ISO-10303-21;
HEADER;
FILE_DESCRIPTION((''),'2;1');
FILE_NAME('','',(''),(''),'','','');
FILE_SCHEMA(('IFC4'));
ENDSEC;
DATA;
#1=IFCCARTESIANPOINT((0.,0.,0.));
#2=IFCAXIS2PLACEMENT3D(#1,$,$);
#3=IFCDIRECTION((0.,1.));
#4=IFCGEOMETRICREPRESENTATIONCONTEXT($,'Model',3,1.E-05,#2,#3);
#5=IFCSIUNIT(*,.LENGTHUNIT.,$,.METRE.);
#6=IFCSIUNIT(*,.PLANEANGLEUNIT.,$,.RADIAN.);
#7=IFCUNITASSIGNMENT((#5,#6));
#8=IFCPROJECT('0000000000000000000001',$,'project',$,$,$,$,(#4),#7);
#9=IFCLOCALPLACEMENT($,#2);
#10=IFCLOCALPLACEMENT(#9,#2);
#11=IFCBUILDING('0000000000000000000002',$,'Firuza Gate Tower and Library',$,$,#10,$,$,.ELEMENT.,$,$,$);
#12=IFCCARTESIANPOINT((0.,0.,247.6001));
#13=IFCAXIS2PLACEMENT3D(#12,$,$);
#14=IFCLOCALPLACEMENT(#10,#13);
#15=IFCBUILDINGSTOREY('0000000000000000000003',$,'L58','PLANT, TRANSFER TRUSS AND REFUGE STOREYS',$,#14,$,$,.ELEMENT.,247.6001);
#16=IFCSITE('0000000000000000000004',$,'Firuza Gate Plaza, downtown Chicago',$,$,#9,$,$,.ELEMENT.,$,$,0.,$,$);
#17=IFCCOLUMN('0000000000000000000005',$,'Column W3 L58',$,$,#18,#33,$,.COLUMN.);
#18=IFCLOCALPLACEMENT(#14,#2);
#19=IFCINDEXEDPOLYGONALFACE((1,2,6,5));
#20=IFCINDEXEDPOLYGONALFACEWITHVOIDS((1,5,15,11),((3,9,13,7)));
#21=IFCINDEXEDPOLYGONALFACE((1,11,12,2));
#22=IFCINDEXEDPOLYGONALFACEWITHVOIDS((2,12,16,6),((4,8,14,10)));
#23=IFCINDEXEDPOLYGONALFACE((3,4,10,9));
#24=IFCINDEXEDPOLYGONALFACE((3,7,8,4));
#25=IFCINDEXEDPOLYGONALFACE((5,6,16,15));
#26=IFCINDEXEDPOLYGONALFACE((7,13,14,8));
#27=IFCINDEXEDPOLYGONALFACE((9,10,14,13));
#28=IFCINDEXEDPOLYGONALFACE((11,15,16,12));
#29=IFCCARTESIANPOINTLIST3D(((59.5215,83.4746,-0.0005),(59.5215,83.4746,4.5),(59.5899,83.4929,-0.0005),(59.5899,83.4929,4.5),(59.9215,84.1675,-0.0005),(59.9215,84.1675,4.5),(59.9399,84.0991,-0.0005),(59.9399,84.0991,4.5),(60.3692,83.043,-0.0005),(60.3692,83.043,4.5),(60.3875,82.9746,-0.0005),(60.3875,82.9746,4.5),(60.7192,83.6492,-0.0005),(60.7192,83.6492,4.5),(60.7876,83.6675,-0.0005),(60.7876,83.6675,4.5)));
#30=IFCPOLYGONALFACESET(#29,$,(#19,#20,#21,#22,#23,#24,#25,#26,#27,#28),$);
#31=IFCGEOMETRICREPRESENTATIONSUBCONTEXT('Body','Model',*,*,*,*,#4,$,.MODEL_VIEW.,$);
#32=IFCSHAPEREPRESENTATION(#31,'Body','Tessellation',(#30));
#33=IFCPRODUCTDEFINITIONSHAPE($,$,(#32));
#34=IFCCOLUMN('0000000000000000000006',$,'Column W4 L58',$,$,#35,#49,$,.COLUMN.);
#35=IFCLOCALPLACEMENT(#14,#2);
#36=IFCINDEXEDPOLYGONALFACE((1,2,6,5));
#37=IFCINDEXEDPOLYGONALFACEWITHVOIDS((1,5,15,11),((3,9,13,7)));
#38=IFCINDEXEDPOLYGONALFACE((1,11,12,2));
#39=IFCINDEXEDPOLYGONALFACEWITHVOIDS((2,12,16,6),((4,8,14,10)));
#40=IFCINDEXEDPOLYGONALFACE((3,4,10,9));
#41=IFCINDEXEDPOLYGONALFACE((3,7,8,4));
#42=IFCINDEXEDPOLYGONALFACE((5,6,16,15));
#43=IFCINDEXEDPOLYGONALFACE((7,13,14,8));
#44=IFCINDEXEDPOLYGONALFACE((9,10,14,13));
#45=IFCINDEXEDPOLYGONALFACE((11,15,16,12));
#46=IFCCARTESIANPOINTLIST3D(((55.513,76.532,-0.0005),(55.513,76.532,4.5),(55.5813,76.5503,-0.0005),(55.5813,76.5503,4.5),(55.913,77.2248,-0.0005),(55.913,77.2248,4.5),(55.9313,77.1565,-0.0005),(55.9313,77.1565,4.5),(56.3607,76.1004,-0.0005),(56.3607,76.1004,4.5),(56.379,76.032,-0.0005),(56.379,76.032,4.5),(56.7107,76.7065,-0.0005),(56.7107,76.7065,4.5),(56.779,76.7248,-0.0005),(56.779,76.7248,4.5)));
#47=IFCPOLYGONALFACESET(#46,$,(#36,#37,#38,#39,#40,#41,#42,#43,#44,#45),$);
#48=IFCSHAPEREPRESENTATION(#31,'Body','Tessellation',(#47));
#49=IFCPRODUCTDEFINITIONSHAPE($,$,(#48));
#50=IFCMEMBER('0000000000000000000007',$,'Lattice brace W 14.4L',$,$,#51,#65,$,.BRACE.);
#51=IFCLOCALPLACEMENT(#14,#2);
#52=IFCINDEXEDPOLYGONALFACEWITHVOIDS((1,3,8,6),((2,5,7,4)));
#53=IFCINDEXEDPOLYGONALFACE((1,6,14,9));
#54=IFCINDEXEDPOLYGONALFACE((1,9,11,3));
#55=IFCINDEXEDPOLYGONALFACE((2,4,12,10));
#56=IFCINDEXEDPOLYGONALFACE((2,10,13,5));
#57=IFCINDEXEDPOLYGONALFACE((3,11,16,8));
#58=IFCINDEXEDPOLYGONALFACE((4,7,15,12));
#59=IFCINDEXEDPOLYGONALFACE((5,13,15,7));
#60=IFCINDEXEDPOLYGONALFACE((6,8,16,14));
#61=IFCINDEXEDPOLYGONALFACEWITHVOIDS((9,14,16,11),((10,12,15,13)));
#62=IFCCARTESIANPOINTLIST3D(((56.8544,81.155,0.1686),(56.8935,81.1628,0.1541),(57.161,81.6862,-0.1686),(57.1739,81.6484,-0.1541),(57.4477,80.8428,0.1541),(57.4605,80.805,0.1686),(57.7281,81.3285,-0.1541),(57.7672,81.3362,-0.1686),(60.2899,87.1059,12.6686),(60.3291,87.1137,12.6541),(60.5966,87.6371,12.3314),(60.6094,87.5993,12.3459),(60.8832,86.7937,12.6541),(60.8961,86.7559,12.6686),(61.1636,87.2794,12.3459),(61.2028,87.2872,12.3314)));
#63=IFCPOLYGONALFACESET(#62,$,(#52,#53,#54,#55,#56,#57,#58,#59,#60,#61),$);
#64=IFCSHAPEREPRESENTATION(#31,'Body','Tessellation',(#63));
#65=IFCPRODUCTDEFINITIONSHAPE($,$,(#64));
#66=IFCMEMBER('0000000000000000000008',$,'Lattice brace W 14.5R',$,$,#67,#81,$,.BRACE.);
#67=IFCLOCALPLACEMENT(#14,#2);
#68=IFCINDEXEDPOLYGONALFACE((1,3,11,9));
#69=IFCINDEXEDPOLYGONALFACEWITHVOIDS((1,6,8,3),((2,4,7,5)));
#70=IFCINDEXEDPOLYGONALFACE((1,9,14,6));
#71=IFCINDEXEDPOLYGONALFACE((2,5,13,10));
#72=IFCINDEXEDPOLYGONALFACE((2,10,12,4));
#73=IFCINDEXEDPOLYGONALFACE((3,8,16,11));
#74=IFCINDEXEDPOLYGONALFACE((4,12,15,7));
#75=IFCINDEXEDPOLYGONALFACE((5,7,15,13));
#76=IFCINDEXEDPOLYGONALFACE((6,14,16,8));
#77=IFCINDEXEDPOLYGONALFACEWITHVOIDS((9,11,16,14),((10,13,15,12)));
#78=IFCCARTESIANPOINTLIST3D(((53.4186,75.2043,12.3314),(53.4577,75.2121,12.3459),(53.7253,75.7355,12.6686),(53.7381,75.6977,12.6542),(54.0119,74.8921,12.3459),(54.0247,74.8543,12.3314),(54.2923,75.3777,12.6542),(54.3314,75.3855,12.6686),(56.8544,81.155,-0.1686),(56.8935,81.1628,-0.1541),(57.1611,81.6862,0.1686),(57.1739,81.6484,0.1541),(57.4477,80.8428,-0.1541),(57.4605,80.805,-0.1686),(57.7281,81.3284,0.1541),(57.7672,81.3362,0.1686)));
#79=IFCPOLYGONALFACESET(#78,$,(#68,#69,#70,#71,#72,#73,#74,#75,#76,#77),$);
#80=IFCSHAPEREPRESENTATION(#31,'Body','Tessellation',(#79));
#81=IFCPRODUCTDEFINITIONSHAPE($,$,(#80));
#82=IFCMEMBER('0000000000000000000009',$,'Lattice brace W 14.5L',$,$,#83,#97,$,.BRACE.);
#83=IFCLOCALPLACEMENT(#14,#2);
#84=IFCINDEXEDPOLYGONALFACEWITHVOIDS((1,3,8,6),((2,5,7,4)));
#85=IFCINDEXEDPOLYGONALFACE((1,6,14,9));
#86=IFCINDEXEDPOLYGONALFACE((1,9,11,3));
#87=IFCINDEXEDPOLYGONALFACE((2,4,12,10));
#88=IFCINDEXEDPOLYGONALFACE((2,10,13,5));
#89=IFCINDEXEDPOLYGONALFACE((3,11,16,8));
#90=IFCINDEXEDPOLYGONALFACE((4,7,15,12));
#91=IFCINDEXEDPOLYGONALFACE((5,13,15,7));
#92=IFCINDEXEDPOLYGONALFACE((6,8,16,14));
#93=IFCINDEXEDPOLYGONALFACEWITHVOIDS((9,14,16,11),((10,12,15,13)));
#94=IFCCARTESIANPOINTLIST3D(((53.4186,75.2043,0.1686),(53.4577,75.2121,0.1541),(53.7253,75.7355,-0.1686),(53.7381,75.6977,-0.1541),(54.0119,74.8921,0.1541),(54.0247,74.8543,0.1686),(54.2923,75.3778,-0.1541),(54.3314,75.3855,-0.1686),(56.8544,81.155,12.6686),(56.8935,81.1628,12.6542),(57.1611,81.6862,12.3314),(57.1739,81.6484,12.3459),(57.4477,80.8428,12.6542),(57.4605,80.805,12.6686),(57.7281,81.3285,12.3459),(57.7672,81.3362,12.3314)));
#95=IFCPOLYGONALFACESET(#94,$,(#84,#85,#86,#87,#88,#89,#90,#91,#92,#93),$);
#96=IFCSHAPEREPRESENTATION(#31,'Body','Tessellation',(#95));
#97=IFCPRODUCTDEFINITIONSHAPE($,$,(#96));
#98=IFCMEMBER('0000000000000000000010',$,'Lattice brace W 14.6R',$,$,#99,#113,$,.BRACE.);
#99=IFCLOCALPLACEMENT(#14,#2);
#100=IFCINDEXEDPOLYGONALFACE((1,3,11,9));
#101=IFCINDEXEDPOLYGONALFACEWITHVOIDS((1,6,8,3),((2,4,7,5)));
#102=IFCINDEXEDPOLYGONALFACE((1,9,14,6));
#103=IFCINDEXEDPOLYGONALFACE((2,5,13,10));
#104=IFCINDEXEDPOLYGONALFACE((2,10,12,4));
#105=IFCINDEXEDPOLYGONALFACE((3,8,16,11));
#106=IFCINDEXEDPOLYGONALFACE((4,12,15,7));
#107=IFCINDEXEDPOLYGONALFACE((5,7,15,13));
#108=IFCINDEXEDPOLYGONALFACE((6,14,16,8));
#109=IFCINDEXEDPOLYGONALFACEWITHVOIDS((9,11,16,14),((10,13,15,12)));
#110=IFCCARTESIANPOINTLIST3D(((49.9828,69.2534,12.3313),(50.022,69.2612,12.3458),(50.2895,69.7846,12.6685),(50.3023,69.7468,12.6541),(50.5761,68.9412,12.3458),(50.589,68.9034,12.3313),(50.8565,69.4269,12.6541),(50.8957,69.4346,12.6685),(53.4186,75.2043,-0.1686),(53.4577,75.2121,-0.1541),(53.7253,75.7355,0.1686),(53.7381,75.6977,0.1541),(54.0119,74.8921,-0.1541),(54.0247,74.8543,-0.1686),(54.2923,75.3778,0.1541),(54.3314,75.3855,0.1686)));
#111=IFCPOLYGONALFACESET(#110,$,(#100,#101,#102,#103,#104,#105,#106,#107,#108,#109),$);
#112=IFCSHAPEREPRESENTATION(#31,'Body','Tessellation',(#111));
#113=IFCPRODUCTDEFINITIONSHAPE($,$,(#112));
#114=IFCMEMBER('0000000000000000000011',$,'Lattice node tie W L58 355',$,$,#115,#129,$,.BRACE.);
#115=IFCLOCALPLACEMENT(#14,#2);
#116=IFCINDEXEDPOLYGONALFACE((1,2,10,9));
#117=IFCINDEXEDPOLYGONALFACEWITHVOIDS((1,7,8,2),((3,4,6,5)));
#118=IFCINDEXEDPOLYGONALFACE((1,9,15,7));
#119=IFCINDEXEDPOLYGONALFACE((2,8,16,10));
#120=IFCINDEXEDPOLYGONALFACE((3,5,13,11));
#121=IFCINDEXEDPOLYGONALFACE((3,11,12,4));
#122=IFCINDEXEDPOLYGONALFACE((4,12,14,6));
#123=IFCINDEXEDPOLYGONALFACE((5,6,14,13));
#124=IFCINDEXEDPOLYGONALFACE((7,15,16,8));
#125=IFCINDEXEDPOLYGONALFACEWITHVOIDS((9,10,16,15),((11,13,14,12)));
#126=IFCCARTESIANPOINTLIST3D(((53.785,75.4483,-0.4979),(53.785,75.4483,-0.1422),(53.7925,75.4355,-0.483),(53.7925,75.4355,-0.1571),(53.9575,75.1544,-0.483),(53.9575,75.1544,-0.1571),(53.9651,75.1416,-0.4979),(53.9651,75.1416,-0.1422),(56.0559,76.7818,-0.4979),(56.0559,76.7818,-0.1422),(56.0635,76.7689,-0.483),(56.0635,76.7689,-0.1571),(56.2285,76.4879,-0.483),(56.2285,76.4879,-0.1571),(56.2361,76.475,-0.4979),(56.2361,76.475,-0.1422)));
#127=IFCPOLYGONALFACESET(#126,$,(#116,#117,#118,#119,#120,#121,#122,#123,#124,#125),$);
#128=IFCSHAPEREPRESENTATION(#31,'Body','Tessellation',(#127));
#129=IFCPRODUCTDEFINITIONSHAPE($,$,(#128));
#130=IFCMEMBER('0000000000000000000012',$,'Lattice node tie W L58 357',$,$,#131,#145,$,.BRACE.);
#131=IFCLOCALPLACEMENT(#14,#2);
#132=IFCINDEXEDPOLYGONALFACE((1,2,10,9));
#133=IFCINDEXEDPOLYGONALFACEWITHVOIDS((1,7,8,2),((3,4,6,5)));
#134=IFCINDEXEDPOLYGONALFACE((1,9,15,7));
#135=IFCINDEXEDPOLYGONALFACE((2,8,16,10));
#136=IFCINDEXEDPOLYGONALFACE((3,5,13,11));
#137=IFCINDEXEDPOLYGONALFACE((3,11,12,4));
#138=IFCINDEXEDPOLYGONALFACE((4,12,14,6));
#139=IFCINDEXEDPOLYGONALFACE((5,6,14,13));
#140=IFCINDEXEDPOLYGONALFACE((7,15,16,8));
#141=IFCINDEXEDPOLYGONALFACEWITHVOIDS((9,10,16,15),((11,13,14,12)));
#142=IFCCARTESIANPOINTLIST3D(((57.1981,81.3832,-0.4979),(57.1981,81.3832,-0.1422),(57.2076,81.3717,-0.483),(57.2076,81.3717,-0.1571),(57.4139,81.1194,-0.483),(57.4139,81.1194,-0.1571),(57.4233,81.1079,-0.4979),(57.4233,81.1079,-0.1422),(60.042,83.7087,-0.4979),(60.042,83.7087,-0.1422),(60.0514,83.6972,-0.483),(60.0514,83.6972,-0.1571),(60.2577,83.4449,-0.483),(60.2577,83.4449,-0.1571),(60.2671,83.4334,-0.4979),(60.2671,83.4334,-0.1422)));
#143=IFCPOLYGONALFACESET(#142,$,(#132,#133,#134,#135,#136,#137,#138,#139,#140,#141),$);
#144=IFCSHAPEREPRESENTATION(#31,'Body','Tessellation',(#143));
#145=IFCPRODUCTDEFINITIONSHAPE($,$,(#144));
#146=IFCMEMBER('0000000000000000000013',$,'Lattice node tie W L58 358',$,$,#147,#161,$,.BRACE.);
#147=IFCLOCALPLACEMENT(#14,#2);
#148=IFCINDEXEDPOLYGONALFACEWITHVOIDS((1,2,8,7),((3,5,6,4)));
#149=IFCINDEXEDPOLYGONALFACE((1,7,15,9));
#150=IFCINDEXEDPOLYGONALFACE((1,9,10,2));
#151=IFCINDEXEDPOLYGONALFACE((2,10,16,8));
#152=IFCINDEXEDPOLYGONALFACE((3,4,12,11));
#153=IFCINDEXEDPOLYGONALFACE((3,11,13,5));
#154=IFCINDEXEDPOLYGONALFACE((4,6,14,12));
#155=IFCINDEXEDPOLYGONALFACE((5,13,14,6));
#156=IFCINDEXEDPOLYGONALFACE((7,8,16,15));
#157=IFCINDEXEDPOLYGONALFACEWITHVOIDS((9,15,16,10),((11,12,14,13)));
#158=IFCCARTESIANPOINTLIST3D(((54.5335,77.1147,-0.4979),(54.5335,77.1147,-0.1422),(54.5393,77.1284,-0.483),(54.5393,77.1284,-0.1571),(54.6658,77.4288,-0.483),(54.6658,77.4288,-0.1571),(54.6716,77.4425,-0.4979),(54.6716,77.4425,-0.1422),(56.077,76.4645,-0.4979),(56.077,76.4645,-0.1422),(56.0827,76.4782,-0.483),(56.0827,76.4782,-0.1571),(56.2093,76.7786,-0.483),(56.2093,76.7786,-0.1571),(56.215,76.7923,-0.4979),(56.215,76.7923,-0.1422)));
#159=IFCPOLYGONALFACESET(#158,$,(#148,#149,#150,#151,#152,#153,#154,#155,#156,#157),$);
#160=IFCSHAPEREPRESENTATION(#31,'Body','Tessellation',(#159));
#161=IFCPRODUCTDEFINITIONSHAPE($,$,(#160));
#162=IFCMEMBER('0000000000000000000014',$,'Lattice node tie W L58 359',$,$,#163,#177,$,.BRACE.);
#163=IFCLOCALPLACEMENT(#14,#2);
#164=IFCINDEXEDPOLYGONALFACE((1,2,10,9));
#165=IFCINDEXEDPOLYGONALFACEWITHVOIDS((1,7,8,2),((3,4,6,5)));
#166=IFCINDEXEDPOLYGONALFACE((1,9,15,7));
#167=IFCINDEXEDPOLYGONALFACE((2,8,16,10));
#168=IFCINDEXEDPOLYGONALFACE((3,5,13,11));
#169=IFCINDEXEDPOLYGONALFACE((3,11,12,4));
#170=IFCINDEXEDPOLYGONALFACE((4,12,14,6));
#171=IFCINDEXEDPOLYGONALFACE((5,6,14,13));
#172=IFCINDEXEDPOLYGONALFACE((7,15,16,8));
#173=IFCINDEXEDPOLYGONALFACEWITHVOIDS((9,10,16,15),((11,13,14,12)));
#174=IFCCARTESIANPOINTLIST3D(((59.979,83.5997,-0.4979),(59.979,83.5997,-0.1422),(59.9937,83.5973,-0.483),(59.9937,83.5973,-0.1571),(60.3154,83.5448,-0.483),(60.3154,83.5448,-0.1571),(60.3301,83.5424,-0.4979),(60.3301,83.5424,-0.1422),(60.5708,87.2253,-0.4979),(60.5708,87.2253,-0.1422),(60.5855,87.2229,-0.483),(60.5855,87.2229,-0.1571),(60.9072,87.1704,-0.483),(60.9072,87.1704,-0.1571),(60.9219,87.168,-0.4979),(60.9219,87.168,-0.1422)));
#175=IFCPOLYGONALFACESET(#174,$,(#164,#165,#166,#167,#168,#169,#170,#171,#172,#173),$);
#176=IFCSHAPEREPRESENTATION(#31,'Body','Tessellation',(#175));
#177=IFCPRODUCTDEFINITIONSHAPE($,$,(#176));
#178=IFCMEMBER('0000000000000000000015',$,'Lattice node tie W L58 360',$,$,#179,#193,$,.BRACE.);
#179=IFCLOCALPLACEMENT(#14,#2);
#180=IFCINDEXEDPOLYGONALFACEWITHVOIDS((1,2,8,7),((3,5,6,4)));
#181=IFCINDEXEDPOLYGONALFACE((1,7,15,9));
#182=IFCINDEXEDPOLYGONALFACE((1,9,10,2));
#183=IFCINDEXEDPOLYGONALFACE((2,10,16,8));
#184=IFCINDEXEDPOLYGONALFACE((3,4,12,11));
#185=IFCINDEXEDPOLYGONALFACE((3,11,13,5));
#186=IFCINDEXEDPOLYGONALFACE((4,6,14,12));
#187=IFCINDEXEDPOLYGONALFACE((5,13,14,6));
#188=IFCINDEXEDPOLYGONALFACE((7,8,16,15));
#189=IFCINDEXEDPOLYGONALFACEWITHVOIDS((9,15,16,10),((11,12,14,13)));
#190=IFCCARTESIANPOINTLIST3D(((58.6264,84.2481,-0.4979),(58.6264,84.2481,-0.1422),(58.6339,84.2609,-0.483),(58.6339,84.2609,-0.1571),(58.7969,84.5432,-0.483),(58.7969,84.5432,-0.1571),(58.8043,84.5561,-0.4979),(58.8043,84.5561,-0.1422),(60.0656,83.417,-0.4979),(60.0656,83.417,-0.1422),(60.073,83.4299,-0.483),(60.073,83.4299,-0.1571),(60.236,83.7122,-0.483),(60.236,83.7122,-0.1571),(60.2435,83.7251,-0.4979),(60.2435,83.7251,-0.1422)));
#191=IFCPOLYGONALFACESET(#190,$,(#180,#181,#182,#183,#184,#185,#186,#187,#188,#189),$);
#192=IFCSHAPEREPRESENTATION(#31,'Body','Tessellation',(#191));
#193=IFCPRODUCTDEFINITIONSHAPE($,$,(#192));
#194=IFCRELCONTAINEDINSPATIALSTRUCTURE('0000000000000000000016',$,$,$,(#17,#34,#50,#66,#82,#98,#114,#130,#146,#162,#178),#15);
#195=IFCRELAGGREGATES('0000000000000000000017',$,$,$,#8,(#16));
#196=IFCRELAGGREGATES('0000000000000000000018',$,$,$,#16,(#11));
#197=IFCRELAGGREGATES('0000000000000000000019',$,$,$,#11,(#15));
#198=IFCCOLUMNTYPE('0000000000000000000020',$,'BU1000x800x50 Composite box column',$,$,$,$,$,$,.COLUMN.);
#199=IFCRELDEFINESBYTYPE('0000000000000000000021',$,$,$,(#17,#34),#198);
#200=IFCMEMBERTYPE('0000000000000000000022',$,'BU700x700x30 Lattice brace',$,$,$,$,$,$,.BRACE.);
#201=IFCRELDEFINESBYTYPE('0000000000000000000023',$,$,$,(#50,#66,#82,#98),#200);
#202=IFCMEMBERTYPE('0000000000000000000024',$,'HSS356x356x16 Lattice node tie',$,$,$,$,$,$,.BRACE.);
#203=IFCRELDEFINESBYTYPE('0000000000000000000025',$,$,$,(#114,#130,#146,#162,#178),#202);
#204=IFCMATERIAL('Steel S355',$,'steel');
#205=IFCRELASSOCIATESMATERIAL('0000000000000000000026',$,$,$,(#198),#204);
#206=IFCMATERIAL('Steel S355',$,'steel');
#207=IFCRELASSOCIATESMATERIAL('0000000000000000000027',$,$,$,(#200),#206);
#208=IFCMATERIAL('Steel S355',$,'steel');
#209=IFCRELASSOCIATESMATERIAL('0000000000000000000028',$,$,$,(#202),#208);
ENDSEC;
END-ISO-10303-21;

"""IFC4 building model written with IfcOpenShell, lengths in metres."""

from ifc_helpers import new_model, si_unit, direction, frame, origin, origin_2d, place, context, subcontext, project, spatial, hollow_rectangle, extrude, material, material_profile, profile_set, type_object, element, save


model = new_model("IFC4")

# Units and contexts
model_context = context("Model", 3, precision=1e-05, world=origin(), true_north=direction((0.0, 1.0)))
body_context = subcontext(model_context, "Body", "Model", "MODEL_VIEW")
ifc_project = project(units=[si_unit("LENGTHUNIT", "METRE"), si_unit("PLANEANGLEUNIT", "RADIAN")], contexts=[model_context])

# Site, building, storey
site_placement = place(None, origin())
site = spatial("IfcSite", under=ifc_project, at=site_placement, Name="Firuza Gate Plaza, downtown Chicago", CompositionType="ELEMENT", RefElevation=0.0)
building_placement = place(site_placement, origin())
building = spatial("IfcBuilding", under=site, at=building_placement, Name="Firuza Gate Tower and Library", CompositionType="ELEMENT")
storey_placement = place(building_placement, frame((0.0, 0.0, 247.6001)))
storey = spatial("IfcBuildingStorey", under=building, at=storey_placement, Name="L58", Description="PLANT, TRANSFER TRUSS AND REFUGE STOREYS", CompositionType="ELEMENT", Elevation=247.6001)

# Columns
ifc_material_1 = material(Name="Steel S355", Category="steel")
ifc_material_profile_1 = material_profile(ifc_material_1, hollow_rectangle(XDim=0.8, YDim=1.0, WallThickness=0.05, at=origin_2d()))
ifc_profile_set_1 = profile_set([ifc_material_profile_1], Name="Steel S355")
column_type = type_object("IfcColumnType", Name="BU1000x800x50 Composite box column", PredefinedType="COLUMN", material=ifc_profile_set_1)
for number, where, z_axis, x_axis, name in (
    (1, (60.1545, 83.571, -0.0005), (0.0, 0.0, 1.0), (-0.5, -0.866025, 0.0), "Column W3 L58"),
    (2, (56.146, 76.6284, -0.0005), (0.0, 0.0, 1.0), (-0.5, -0.866025, 0.0), "Column W4 L58"),
):
    element("IfcColumn", number, at=place(storey_placement, frame(where, z_axis=z_axis, x_axis=x_axis)), inside=storey, type_object=column_type, Name=name, PredefinedType="COLUMN", context=body_context, shape_type="SweptSolid", body=[
        extrude(hollow_rectangle(XDim=0.8, YDim=1.0, WallThickness=0.05, at=origin_2d()), origin(), (0.0, 0.0, 1.0), 4.5005),
    ])

# Members
ifc_material_2 = material(Name="Steel S355", Category="steel")
ifc_material_profile_2 = material_profile(ifc_material_2, hollow_rectangle(XDim=0.7, YDim=0.7, WallThickness=0.03, at=origin_2d()))
ifc_profile_set_2 = profile_set([ifc_material_profile_2], Name="Steel S355")
member_type_1 = type_object("IfcMemberType", Name="BU700x700x30 Lattice brace", PredefinedType="BRACE", material=ifc_profile_set_2)
for number, where, z_axis, x_axis, name in (
    (3, (57.3108, 81.2456, 0.0), (0.240852, 0.417194, 0.876322), (-0.866039, 0.499976, 0.0), "Lattice brace W 14.4L"),
    (4, (57.3108, 81.2456, 0.0), (-0.240869, -0.417178, 0.876324), (0.866015, -0.500018, 0.0), "Lattice brace W 14.5R"),
    (5, (53.875, 75.2949, 0.0), (0.240869, 0.417178, 0.876324), (-0.866015, 0.500018, 0.0), "Lattice brace W 14.5L"),
    (6, (53.875, 75.2949, 0.0), (-0.240868, -0.417192, 0.876318), (0.866024, -0.500002, 0.0), "Lattice brace W 14.6R"),
):
    element("IfcMember", number, at=place(storey_placement, frame(where, z_axis=z_axis, x_axis=x_axis)), inside=storey, type_object=member_type_1, Name=name, PredefinedType="BRACE", context=body_context, shape_type="SweptSolid", body=[
        extrude(hollow_rectangle(XDim=0.7, YDim=0.7, WallThickness=0.03, at=origin_2d()), origin(), (0.0, 0.0, 1.0), 14.2642),
    ])
ifc_material_3 = material(Name="Steel S355", Category="steel")
ifc_material_profile_3 = material_profile(ifc_material_3, hollow_rectangle(XDim=0.3557, YDim=0.3557, WallThickness=0.0149, at=origin_2d()))
ifc_profile_set_3 = profile_set([ifc_material_profile_3], Name="Steel S355")
member_type_2 = type_object("IfcMemberType", Name="HSS356x356x16 Lattice node tie", PredefinedType="BRACE", material=ifc_profile_set_3)
member_1_placement = place(storey_placement, frame((56.146, 76.6284, -0.3201), z_axis=(-0.86233, -0.506347, 0.0), x_axis=(0.506347, -0.86233, 0.0)))
element("IfcMember", 7, at=member_1_placement, inside=storey, type_object=member_type_2, Name="Lattice node tie W L58 355", PredefinedType="BRACE", context=body_context, shape_type="SweptSolid", body=[
    extrude(hollow_rectangle(XDim=0.3557, YDim=0.3557, WallThickness=0.0149, at=origin_2d()), origin(), (0.0, 0.0, 1.0), 2.6335),
])
member_2_placement = place(storey_placement, frame((60.1545, 83.571, -0.3201), z_axis=(-0.774126, -0.633031, 0.0), x_axis=(0.633031, -0.774126, 0.0)))
element("IfcMember", 8, at=member_2_placement, inside=storey, type_object=member_type_2, Name="Lattice node tie W L58 357", PredefinedType="BRACE", context=body_context, shape_type="SweptSolid", body=[
    extrude(hollow_rectangle(XDim=0.3557, YDim=0.3557, WallThickness=0.0149, at=origin_2d()), origin(), (0.0, 0.0, 1.0), 3.6736),
])
member_3_placement = place(storey_placement, frame((56.146, 76.6284, -0.3201), z_axis=(-0.921578, 0.388194, 0.0), x_axis=(-0.388194, -0.921578, 0.0)))
element("IfcMember", 9, at=member_3_placement, inside=storey, type_object=member_type_2, Name="Lattice node tie W L58 358", PredefinedType="BRACE", context=body_context, shape_type="SweptSolid", body=[
    extrude(hollow_rectangle(XDim=0.3557, YDim=0.3557, WallThickness=0.0149, at=origin_2d()), origin(), (0.0, 0.0, 1.0), 1.6748),
])
member_4_placement = place(storey_placement, frame((60.1545, 83.571, -0.3201), z_axis=(0.1611, 0.986938, 0.0), x_axis=(-0.986938, 0.1611, 0.0)))
element("IfcMember", 10, at=member_4_placement, inside=storey, type_object=member_type_2, Name="Lattice node tie W L58 359", PredefinedType="BRACE", context=body_context, shape_type="SweptSolid", body=[
    extrude(hollow_rectangle(XDim=0.3557, YDim=0.3557, WallThickness=0.0149, at=origin_2d()), origin(), (0.0, 0.0, 1.0), 3.6736),
])
member_5_placement = place(storey_placement, frame((60.1545, 83.571, -0.3201), z_axis=(-0.865992, 0.500057, 0.0), x_axis=(-0.500057, -0.865992, 0.0)))
element("IfcMember", 11, at=member_5_placement, inside=storey, type_object=member_type_2, Name="Lattice node tie W L58 360", PredefinedType="BRACE", context=body_context, shape_type="SweptSolid", body=[
    extrude(hollow_rectangle(XDim=0.3557, YDim=0.3557, WallThickness=0.0149, at=origin_2d()), origin(), (0.0, 0.0, 1.0), 1.6619),
])

save(model, "model.ifc")
